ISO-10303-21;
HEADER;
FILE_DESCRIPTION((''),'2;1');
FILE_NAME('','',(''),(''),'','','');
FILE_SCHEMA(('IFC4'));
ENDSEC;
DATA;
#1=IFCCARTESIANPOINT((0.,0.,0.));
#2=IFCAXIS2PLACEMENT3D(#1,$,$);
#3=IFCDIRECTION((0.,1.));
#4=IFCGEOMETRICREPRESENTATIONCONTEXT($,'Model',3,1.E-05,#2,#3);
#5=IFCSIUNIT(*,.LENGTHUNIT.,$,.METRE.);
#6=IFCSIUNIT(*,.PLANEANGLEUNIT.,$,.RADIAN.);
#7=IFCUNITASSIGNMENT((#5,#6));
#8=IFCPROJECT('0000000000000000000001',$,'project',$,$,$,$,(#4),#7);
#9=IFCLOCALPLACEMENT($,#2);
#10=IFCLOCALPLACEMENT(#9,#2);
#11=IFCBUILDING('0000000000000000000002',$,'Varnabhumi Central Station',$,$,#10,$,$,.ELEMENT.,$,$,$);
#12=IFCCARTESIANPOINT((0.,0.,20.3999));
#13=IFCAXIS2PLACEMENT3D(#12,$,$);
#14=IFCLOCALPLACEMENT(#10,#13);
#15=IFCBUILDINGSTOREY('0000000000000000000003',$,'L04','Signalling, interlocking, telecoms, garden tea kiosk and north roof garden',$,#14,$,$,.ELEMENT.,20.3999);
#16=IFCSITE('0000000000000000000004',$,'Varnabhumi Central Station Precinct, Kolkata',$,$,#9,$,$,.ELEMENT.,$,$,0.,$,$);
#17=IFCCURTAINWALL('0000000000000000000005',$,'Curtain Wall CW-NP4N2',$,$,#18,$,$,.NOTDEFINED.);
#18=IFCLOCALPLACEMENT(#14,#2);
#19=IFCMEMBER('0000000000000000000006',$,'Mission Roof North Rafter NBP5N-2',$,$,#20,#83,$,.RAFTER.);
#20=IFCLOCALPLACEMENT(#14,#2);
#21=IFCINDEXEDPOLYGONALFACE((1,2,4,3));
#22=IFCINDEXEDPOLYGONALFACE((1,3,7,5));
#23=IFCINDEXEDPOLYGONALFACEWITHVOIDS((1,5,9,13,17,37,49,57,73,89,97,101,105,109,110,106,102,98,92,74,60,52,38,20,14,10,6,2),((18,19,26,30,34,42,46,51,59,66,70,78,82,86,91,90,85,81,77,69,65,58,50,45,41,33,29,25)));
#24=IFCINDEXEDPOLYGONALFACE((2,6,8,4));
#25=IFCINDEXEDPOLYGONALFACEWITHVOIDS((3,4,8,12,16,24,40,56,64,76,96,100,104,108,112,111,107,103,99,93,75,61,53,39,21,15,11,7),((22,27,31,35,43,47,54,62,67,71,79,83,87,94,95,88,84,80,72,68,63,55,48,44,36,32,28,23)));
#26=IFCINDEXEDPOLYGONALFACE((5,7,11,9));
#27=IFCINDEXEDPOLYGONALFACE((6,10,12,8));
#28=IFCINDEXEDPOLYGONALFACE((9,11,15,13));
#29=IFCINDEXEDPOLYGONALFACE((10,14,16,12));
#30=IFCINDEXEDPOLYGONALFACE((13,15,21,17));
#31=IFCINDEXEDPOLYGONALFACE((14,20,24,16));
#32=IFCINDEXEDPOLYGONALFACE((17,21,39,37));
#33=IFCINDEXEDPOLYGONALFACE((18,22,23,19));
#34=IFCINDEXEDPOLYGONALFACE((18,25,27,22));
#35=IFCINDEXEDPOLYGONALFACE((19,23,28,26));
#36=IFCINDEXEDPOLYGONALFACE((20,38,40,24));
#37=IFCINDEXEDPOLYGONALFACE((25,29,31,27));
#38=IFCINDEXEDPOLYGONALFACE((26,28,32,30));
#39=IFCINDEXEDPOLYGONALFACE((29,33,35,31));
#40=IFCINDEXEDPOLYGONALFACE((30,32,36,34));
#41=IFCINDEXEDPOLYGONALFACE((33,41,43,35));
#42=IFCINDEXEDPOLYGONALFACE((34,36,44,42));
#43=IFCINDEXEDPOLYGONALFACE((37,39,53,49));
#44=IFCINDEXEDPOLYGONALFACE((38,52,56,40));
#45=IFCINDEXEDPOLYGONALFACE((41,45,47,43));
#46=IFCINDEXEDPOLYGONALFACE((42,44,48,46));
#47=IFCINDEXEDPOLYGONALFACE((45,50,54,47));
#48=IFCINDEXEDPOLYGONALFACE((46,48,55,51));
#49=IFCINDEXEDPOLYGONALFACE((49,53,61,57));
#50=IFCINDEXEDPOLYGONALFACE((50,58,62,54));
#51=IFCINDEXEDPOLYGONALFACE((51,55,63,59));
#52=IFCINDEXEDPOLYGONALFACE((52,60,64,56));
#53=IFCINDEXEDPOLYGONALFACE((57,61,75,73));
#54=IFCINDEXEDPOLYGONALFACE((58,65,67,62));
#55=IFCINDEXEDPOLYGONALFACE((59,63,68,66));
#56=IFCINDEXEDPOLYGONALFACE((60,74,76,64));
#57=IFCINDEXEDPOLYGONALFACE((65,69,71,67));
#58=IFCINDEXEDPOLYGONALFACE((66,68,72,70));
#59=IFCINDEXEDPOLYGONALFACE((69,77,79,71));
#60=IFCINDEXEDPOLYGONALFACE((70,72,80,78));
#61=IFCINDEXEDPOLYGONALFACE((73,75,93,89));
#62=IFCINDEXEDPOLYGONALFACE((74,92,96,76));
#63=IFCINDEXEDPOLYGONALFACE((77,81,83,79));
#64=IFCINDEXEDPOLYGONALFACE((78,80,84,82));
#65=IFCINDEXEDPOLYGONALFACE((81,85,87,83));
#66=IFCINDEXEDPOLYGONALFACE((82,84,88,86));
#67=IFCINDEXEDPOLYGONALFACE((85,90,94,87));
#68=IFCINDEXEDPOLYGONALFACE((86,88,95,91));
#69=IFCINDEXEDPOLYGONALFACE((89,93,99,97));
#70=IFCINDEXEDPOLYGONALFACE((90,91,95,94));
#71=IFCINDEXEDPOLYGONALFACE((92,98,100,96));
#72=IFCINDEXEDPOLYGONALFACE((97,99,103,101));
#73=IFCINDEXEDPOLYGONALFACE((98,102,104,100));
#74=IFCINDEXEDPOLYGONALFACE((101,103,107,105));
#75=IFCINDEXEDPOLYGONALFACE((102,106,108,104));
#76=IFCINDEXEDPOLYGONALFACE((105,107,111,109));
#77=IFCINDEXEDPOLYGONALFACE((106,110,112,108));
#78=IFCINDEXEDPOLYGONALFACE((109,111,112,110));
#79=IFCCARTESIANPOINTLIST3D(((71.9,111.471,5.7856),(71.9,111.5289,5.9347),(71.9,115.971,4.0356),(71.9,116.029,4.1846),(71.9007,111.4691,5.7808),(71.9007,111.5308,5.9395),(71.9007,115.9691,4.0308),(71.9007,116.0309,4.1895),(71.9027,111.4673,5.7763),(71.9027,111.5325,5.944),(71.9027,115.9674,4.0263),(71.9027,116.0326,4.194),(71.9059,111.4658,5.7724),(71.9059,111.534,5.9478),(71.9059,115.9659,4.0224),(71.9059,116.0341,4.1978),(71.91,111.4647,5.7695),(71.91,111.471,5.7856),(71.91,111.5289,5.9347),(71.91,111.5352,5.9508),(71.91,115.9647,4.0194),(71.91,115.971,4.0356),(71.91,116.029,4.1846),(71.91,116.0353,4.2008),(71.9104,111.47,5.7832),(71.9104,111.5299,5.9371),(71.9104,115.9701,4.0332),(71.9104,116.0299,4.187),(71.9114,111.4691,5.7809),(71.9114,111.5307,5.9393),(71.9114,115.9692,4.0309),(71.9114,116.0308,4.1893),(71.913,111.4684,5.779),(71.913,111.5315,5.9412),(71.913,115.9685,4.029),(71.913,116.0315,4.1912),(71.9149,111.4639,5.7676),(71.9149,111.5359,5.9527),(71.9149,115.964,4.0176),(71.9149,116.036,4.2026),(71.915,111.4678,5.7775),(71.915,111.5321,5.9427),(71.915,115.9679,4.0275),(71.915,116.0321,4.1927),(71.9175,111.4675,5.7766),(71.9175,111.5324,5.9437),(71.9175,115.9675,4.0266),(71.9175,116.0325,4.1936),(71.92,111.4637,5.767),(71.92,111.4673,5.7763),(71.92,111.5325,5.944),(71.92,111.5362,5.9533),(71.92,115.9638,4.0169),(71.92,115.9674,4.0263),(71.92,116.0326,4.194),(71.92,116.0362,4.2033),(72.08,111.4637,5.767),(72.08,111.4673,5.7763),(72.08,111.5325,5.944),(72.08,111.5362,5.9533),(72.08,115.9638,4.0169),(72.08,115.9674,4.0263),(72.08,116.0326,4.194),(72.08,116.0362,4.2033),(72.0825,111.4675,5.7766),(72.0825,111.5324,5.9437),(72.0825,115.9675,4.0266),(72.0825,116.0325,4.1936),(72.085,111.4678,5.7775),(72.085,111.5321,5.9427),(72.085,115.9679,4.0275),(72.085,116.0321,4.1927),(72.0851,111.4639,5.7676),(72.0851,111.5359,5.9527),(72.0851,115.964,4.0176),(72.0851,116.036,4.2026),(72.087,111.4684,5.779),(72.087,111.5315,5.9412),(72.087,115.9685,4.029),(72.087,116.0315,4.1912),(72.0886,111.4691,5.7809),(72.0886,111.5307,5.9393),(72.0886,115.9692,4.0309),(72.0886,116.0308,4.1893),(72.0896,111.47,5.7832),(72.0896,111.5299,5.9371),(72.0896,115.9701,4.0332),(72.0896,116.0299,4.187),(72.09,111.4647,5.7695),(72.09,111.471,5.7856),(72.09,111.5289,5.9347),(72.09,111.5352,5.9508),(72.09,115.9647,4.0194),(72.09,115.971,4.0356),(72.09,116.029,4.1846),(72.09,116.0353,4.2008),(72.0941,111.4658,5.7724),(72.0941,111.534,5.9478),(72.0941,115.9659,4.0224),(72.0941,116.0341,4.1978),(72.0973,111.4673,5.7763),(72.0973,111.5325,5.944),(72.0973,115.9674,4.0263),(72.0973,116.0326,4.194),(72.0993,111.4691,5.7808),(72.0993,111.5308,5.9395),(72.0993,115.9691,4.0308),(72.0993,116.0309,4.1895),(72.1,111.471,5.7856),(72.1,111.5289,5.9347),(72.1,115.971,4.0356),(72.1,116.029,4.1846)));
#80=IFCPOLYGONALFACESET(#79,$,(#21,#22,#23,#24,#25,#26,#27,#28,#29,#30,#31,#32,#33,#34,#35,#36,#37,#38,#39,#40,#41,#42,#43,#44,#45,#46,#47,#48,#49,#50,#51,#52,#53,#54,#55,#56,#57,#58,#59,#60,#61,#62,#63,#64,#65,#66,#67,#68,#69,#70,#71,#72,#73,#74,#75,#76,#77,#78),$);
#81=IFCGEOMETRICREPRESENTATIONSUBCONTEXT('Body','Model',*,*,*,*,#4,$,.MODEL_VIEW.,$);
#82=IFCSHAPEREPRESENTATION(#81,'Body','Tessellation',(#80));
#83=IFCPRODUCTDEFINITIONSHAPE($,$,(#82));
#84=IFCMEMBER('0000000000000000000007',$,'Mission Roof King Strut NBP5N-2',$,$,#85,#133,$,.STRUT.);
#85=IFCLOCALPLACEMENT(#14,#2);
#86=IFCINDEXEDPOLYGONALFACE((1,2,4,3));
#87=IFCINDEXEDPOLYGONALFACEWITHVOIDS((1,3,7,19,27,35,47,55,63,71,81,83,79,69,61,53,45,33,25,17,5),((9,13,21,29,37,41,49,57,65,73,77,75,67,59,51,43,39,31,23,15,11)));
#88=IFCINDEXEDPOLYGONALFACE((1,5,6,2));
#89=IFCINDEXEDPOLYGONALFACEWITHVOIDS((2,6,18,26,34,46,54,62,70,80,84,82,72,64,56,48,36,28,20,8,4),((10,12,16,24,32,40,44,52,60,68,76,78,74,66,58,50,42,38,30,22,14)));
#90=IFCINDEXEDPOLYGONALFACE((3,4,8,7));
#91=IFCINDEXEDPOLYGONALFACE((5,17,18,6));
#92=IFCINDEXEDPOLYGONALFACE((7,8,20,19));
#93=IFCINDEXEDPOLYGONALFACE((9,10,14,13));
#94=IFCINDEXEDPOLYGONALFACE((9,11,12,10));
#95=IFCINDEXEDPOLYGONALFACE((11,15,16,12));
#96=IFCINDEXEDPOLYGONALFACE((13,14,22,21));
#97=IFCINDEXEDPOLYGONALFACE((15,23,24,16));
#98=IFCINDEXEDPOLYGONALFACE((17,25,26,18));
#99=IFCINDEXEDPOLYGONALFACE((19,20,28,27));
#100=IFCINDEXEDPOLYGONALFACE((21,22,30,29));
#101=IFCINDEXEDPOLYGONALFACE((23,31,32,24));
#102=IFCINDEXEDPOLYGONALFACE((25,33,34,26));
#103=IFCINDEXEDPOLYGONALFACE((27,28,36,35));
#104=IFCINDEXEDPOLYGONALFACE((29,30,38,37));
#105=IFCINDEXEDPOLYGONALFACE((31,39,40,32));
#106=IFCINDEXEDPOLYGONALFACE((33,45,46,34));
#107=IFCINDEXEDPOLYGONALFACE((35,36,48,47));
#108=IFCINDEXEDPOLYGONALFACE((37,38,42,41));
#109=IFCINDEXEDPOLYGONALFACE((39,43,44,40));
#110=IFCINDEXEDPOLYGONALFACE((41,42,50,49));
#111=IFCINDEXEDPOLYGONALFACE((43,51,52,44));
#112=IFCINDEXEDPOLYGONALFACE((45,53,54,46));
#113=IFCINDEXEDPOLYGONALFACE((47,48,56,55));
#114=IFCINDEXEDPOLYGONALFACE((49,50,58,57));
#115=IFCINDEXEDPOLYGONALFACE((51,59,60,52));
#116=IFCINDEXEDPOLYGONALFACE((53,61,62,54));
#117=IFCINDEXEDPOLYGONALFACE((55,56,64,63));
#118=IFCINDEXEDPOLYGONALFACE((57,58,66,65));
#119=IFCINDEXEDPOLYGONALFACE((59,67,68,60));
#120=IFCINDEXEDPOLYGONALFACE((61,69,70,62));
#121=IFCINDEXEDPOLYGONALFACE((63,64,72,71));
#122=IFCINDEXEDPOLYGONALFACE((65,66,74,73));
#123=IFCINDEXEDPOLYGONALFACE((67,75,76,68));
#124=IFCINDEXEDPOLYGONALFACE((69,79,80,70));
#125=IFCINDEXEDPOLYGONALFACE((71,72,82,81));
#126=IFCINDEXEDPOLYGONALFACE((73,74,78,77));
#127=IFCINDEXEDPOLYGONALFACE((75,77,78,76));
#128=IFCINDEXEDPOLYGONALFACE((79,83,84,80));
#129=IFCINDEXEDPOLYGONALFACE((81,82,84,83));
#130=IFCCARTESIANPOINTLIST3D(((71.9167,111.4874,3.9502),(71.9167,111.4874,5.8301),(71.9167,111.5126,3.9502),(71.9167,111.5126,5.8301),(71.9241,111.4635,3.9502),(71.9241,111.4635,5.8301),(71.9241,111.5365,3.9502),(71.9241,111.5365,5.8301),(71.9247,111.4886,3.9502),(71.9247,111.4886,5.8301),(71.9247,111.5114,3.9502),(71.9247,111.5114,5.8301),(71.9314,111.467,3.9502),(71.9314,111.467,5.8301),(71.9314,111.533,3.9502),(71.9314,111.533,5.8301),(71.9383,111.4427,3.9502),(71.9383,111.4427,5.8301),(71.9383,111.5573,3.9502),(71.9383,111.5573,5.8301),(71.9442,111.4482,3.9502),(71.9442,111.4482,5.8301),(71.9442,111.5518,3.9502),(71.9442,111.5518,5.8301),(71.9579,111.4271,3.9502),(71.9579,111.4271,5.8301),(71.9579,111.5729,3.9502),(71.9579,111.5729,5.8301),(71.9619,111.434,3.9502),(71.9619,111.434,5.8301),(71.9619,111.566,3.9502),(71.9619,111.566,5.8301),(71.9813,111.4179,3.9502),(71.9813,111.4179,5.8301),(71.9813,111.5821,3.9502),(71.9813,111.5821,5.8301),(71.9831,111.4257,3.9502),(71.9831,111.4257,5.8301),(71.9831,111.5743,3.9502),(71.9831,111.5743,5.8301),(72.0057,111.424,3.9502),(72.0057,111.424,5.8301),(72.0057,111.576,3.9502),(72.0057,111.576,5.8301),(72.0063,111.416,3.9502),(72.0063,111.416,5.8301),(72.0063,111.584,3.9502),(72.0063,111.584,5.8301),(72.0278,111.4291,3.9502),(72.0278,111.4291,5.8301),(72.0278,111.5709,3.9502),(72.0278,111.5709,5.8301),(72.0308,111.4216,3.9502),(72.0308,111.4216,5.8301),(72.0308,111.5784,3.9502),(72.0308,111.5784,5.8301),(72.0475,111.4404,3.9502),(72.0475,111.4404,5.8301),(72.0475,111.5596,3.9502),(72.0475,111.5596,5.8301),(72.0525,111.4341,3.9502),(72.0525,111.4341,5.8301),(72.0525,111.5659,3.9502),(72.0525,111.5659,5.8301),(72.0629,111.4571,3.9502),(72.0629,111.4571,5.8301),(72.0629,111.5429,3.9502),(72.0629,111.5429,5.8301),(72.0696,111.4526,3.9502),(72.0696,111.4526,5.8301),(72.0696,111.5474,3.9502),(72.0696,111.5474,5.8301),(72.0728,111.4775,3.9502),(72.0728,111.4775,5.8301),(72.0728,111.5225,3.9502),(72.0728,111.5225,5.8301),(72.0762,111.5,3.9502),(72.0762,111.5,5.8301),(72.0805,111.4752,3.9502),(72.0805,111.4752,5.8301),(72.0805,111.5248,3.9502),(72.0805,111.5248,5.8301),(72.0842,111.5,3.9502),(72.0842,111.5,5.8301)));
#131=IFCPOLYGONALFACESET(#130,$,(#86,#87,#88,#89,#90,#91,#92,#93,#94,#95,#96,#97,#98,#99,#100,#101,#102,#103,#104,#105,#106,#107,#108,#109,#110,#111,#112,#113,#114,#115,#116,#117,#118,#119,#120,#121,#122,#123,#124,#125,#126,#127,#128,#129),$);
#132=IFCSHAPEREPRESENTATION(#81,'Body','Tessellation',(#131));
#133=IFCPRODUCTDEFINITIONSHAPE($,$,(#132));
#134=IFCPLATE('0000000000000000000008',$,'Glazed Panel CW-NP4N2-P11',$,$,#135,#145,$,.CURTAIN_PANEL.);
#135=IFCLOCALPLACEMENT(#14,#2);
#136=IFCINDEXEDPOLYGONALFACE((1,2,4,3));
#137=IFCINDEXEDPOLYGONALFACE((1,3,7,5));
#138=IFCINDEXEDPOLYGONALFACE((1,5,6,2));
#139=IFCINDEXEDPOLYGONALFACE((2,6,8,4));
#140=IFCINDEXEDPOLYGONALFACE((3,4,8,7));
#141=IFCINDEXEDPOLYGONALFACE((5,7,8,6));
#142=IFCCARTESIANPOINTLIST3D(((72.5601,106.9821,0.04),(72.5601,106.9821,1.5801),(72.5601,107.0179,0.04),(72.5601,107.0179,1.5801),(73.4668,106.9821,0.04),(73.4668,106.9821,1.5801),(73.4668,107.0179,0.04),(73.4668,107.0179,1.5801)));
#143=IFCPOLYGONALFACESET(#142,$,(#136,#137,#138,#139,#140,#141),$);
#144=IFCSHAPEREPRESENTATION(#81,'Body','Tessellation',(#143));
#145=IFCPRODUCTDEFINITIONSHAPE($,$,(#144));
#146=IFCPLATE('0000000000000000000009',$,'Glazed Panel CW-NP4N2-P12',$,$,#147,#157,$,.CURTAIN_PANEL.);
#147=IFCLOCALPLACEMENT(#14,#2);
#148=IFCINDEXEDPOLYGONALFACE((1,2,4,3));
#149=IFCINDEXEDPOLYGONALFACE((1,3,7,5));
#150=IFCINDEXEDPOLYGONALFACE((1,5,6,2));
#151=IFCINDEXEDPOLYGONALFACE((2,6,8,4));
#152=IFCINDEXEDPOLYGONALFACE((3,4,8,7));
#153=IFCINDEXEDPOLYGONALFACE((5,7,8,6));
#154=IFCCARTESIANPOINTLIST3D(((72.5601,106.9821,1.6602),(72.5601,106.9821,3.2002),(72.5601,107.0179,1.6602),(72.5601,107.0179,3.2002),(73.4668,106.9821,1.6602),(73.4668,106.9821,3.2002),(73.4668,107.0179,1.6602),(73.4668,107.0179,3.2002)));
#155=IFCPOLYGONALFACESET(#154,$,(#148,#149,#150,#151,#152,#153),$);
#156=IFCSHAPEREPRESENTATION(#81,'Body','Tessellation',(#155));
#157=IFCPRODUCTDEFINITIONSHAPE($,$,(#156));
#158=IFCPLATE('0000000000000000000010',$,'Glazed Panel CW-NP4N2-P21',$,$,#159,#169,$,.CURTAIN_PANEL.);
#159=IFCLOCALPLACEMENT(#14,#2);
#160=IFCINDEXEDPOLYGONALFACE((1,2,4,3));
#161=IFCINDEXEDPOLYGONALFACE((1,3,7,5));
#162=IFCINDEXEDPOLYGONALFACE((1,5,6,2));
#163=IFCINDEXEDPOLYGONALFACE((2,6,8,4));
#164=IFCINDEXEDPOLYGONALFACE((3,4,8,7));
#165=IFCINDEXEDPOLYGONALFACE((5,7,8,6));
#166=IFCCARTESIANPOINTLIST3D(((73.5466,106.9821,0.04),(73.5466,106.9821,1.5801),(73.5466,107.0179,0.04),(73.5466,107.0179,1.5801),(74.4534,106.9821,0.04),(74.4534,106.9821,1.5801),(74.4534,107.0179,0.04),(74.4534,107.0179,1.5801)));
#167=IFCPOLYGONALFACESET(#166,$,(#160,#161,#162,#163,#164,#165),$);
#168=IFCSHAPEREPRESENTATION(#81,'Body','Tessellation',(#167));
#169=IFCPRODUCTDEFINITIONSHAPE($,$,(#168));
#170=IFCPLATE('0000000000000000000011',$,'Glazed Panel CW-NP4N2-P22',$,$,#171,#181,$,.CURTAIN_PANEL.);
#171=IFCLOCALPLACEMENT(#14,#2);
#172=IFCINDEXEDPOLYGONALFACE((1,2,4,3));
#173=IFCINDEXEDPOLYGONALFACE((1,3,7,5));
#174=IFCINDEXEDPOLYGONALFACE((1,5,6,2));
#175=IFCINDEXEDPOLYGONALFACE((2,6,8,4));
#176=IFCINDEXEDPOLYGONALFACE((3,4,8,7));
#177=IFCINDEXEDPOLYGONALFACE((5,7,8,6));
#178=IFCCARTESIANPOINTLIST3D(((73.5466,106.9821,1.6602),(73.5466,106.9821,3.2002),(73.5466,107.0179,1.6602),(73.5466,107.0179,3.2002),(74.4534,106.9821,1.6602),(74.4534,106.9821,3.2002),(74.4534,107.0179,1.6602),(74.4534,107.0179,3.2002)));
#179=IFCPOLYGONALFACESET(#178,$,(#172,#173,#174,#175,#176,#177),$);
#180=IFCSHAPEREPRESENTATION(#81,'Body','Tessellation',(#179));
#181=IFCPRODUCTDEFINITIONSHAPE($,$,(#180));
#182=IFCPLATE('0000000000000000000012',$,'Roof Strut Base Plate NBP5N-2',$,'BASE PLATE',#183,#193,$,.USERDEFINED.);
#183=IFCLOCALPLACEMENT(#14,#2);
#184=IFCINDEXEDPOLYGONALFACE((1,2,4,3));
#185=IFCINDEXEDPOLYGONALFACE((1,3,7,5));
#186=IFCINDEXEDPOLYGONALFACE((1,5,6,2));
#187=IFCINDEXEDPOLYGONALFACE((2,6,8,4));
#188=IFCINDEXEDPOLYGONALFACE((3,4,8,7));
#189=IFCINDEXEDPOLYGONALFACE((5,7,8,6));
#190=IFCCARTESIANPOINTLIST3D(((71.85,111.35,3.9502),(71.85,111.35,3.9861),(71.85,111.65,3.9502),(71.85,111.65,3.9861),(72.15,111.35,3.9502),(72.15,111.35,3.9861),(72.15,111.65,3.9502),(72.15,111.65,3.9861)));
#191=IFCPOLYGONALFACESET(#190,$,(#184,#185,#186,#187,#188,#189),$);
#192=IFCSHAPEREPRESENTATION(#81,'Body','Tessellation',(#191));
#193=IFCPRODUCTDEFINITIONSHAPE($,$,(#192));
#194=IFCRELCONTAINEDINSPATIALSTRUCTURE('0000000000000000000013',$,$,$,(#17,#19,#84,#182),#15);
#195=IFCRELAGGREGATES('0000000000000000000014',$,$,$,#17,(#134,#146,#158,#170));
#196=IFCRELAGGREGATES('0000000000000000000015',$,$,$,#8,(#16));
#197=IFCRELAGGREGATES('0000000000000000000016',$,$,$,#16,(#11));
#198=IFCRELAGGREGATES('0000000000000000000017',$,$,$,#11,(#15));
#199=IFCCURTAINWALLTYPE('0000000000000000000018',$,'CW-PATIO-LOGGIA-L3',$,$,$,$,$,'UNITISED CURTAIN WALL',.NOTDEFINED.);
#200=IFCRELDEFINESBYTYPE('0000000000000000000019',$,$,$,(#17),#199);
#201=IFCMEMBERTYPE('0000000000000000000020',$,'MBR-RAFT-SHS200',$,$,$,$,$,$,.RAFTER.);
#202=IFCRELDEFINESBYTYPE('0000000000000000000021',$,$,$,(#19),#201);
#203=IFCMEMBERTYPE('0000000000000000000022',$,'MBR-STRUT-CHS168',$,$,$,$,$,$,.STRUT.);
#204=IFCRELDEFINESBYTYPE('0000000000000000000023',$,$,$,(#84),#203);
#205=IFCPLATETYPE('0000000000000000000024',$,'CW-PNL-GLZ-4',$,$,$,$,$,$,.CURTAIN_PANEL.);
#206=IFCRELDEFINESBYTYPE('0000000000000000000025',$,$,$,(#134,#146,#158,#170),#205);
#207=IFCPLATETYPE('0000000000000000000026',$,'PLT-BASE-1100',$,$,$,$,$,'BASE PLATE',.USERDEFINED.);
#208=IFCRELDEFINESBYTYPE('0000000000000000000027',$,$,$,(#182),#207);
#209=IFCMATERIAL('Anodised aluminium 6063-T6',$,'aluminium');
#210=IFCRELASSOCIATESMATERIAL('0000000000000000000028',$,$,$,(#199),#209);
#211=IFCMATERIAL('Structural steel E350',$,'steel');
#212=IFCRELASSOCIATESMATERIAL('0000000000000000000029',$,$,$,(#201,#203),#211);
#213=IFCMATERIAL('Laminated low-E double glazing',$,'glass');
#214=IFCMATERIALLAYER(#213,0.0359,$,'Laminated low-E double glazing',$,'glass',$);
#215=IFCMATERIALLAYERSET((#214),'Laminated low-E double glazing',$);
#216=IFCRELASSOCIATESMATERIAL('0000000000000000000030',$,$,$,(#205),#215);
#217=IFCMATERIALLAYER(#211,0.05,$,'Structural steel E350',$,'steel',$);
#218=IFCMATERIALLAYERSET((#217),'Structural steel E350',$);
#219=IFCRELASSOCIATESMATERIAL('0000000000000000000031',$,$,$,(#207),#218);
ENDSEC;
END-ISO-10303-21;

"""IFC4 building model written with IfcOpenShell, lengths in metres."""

from ifc_helpers import new_model, si_unit, direction, frame, origin, origin_2d, place, context, subcontext, project, spatial, rectangle, hollow_rectangle, hollow_circle, extrude, material, layer, layer_set, material_profile, profile_set, type_object, element, aggregate, save


model = new_model("IFC4")

# Units and contexts
model_context = context("Model", 3, precision=1e-05, world=origin(), true_north=direction((0.0, 1.0)))
body_context = subcontext(model_context, "Body", "Model", "MODEL_VIEW")
ifc_project = project(units=[si_unit("LENGTHUNIT", "METRE"), si_unit("PLANEANGLEUNIT", "RADIAN")], contexts=[model_context])

# Site, building, storey
site_placement = place(None, origin())
site = spatial("IfcSite", under=ifc_project, at=site_placement, Name="Varnabhumi Central Station Precinct, Kolkata", CompositionType="ELEMENT", RefElevation=0.0)
building_placement = place(site_placement, origin())
building = spatial("IfcBuilding", under=site, at=building_placement, Name="Varnabhumi Central Station", CompositionType="ELEMENT")
storey_placement = place(building_placement, frame((0.0, 0.0, 20.3999)))
storey = spatial("IfcBuildingStorey", under=building, at=storey_placement, Name="L04", Description="Signalling, interlocking, telecoms, garden tea kiosk and north roof garden", CompositionType="ELEMENT", Elevation=20.3999)

# Shared definitions
ifc_material_1 = material(Name="Structural steel E350", Category="steel")

# Curtain wall
ifc_material_2 = material(Name="Anodised aluminium 6063-T6", Category="aluminium")
curtain_wall_type = type_object("IfcCurtainWallType", Name="CW-PATIO-LOGGIA-L3", ElementType="UNITISED CURTAIN WALL", PredefinedType="NOTDEFINED", material=ifc_material_2)
curtain_wall_placement = place(storey_placement, origin())
curtain_wall = element("IfcCurtainWall", 1, at=curtain_wall_placement, inside=storey, type_object=curtain_wall_type, Name="Curtain Wall CW-NP4N2", PredefinedType="NOTDEFINED")

# Members
ifc_material_profile_1 = material_profile(ifc_material_1, hollow_rectangle(XDim=0.2, YDim=0.2, WallThickness=0.01, InnerFilletRadius=0.01, OuterFilletRadius=0.02, at=origin_2d()), Name="Structural steel E350", Category="steel")
ifc_profile_set_1 = profile_set([ifc_material_profile_1], Name="Structural steel E350")
member_type_1 = type_object("IfcMemberType", Name="MBR-RAFT-SHS200", PredefinedType="RAFTER", material=ifc_profile_set_1)
member_1_placement = place(storey_placement, frame((72.0, 116.0, 4.1101), z_axis=(0.0, -0.932005, 0.362446), x_axis=(1.0, 0.0, 0.0)))
element("IfcMember", 2, at=member_1_placement, inside=storey, type_object=member_type_1, Name="Mission Roof North Rafter NBP5N-2", PredefinedType="RAFTER", context=body_context, shape_type="SweptSolid", body=[
    extrude(hollow_rectangle(XDim=0.2, YDim=0.2, WallThickness=0.01, InnerFilletRadius=0.01, OuterFilletRadius=0.02, at=origin_2d()), origin(), (0.0, 0.0, 1.0), 4.8284),
])
ifc_material_profile_2 = material_profile(ifc_material_1, hollow_circle(Radius=0.0842, WallThickness=0.0081, at=origin_2d()), Name="Structural steel E350", Category="steel")
ifc_profile_set_2 = profile_set([ifc_material_profile_2], Name="Structural steel E350")
member_type_2 = type_object("IfcMemberType", Name="MBR-STRUT-CHS168", PredefinedType="STRUT", material=ifc_profile_set_2)
member_2_placement = place(storey_placement, frame((72.0, 111.5, 3.9502), z_axis=(0.0, 0.0, 1.0), x_axis=(1.0, 0.0, 0.0)))
element("IfcMember", 3, at=member_2_placement, inside=storey, type_object=member_type_2, Name="Mission Roof King Strut NBP5N-2", PredefinedType="STRUT", context=body_context, shape_type="SweptSolid", body=[
    extrude(hollow_circle(Radius=0.0842, WallThickness=0.0081, at=origin_2d()), origin(), (0.0, 0.0, 1.0), 1.8799),
])

# Plates
ifc_material_3 = material(Name="Laminated low-E double glazing", Category="glass")
ifc_layer_1 = layer(ifc_material_3, 0.0359, Name="Laminated low-E double glazing", Category="glass")
ifc_layer_set_1 = layer_set([ifc_layer_1], Name="Laminated low-E double glazing")
plate_type_1 = type_object("IfcPlateType", Name="CW-PNL-GLZ-4", PredefinedType="CURTAIN_PANEL", material=ifc_layer_set_1)
plate_1_placement = place(storey_placement, frame((73.0134, 107.0, 0.04), z_axis=(0.0, 0.0, 1.0), x_axis=(1.0, 0.0, 0.0)))
plate_1 = element("IfcPlate", 4, at=plate_1_placement, type_object=plate_type_1, Name="Glazed Panel CW-NP4N2-P11", PredefinedType="CURTAIN_PANEL", context=body_context, shape_type="SweptSolid", body=[
    extrude(rectangle(XDim=0.9067, YDim=0.0359, at=origin_2d()), origin(), (0.0, 0.0, 1.0), 1.54),
])
plate_2_placement = place(storey_placement, frame((73.0134, 107.0, 1.6602), z_axis=(0.0, 0.0, 1.0), x_axis=(1.0, 0.0, 0.0)))
plate_2 = element("IfcPlate", 5, at=plate_2_placement, type_object=plate_type_1, Name="Glazed Panel CW-NP4N2-P12", PredefinedType="CURTAIN_PANEL", context=body_context, shape_type="SweptSolid", body=[
    extrude(rectangle(XDim=0.9067, YDim=0.0359, at=origin_2d()), origin(), (0.0, 0.0, 1.0), 1.54),
])
plate_3_placement = place(storey_placement, frame((74.0, 107.0, 0.04), z_axis=(0.0, 0.0, 1.0), x_axis=(1.0, 0.0, 0.0)))
plate_3 = element("IfcPlate", 6, at=plate_3_placement, type_object=plate_type_1, Name="Glazed Panel CW-NP4N2-P21", PredefinedType="CURTAIN_PANEL", context=body_context, shape_type="SweptSolid", body=[
    extrude(rectangle(XDim=0.9067, YDim=0.0359, at=origin_2d()), origin(), (0.0, 0.0, 1.0), 1.54),
])
plate_4_placement = place(storey_placement, frame((74.0, 107.0, 1.6602), z_axis=(0.0, 0.0, 1.0), x_axis=(1.0, 0.0, 0.0)))
plate_4 = element("IfcPlate", 7, at=plate_4_placement, type_object=plate_type_1, Name="Glazed Panel CW-NP4N2-P22", PredefinedType="CURTAIN_PANEL", context=body_context, shape_type="SweptSolid", body=[
    extrude(rectangle(XDim=0.9067, YDim=0.0359, at=origin_2d()), origin(), (0.0, 0.0, 1.0), 1.54),
])
aggregate(curtain_wall, [plate_1, plate_2, plate_3, plate_4])
ifc_layer_2 = layer(ifc_material_1, 0.05, Name="Structural steel E350", Category="steel")
ifc_layer_set_2 = layer_set([ifc_layer_2], Name="Structural steel E350")
plate_type_2 = type_object("IfcPlateType", Name="PLT-BASE-1100", ElementType="BASE PLATE", PredefinedType="USERDEFINED", material=ifc_layer_set_2)
plate_5_placement = place(storey_placement, frame((72.0, 111.5, 3.9502), z_axis=(0.0, 0.0, 1.0), x_axis=(1.0, 0.0, 0.0)))
element("IfcPlate", 8, at=plate_5_placement, inside=storey, type_object=plate_type_2, Name="Roof Strut Base Plate NBP5N-2", ObjectType="BASE PLATE", PredefinedType="USERDEFINED", context=body_context, shape_type="SweptSolid", body=[
    extrude(rectangle(XDim=0.3, YDim=0.3, at=origin_2d()), origin(), (0.0, 0.0, 1.0), 0.0359),
])

save(model, "model.ifc")
